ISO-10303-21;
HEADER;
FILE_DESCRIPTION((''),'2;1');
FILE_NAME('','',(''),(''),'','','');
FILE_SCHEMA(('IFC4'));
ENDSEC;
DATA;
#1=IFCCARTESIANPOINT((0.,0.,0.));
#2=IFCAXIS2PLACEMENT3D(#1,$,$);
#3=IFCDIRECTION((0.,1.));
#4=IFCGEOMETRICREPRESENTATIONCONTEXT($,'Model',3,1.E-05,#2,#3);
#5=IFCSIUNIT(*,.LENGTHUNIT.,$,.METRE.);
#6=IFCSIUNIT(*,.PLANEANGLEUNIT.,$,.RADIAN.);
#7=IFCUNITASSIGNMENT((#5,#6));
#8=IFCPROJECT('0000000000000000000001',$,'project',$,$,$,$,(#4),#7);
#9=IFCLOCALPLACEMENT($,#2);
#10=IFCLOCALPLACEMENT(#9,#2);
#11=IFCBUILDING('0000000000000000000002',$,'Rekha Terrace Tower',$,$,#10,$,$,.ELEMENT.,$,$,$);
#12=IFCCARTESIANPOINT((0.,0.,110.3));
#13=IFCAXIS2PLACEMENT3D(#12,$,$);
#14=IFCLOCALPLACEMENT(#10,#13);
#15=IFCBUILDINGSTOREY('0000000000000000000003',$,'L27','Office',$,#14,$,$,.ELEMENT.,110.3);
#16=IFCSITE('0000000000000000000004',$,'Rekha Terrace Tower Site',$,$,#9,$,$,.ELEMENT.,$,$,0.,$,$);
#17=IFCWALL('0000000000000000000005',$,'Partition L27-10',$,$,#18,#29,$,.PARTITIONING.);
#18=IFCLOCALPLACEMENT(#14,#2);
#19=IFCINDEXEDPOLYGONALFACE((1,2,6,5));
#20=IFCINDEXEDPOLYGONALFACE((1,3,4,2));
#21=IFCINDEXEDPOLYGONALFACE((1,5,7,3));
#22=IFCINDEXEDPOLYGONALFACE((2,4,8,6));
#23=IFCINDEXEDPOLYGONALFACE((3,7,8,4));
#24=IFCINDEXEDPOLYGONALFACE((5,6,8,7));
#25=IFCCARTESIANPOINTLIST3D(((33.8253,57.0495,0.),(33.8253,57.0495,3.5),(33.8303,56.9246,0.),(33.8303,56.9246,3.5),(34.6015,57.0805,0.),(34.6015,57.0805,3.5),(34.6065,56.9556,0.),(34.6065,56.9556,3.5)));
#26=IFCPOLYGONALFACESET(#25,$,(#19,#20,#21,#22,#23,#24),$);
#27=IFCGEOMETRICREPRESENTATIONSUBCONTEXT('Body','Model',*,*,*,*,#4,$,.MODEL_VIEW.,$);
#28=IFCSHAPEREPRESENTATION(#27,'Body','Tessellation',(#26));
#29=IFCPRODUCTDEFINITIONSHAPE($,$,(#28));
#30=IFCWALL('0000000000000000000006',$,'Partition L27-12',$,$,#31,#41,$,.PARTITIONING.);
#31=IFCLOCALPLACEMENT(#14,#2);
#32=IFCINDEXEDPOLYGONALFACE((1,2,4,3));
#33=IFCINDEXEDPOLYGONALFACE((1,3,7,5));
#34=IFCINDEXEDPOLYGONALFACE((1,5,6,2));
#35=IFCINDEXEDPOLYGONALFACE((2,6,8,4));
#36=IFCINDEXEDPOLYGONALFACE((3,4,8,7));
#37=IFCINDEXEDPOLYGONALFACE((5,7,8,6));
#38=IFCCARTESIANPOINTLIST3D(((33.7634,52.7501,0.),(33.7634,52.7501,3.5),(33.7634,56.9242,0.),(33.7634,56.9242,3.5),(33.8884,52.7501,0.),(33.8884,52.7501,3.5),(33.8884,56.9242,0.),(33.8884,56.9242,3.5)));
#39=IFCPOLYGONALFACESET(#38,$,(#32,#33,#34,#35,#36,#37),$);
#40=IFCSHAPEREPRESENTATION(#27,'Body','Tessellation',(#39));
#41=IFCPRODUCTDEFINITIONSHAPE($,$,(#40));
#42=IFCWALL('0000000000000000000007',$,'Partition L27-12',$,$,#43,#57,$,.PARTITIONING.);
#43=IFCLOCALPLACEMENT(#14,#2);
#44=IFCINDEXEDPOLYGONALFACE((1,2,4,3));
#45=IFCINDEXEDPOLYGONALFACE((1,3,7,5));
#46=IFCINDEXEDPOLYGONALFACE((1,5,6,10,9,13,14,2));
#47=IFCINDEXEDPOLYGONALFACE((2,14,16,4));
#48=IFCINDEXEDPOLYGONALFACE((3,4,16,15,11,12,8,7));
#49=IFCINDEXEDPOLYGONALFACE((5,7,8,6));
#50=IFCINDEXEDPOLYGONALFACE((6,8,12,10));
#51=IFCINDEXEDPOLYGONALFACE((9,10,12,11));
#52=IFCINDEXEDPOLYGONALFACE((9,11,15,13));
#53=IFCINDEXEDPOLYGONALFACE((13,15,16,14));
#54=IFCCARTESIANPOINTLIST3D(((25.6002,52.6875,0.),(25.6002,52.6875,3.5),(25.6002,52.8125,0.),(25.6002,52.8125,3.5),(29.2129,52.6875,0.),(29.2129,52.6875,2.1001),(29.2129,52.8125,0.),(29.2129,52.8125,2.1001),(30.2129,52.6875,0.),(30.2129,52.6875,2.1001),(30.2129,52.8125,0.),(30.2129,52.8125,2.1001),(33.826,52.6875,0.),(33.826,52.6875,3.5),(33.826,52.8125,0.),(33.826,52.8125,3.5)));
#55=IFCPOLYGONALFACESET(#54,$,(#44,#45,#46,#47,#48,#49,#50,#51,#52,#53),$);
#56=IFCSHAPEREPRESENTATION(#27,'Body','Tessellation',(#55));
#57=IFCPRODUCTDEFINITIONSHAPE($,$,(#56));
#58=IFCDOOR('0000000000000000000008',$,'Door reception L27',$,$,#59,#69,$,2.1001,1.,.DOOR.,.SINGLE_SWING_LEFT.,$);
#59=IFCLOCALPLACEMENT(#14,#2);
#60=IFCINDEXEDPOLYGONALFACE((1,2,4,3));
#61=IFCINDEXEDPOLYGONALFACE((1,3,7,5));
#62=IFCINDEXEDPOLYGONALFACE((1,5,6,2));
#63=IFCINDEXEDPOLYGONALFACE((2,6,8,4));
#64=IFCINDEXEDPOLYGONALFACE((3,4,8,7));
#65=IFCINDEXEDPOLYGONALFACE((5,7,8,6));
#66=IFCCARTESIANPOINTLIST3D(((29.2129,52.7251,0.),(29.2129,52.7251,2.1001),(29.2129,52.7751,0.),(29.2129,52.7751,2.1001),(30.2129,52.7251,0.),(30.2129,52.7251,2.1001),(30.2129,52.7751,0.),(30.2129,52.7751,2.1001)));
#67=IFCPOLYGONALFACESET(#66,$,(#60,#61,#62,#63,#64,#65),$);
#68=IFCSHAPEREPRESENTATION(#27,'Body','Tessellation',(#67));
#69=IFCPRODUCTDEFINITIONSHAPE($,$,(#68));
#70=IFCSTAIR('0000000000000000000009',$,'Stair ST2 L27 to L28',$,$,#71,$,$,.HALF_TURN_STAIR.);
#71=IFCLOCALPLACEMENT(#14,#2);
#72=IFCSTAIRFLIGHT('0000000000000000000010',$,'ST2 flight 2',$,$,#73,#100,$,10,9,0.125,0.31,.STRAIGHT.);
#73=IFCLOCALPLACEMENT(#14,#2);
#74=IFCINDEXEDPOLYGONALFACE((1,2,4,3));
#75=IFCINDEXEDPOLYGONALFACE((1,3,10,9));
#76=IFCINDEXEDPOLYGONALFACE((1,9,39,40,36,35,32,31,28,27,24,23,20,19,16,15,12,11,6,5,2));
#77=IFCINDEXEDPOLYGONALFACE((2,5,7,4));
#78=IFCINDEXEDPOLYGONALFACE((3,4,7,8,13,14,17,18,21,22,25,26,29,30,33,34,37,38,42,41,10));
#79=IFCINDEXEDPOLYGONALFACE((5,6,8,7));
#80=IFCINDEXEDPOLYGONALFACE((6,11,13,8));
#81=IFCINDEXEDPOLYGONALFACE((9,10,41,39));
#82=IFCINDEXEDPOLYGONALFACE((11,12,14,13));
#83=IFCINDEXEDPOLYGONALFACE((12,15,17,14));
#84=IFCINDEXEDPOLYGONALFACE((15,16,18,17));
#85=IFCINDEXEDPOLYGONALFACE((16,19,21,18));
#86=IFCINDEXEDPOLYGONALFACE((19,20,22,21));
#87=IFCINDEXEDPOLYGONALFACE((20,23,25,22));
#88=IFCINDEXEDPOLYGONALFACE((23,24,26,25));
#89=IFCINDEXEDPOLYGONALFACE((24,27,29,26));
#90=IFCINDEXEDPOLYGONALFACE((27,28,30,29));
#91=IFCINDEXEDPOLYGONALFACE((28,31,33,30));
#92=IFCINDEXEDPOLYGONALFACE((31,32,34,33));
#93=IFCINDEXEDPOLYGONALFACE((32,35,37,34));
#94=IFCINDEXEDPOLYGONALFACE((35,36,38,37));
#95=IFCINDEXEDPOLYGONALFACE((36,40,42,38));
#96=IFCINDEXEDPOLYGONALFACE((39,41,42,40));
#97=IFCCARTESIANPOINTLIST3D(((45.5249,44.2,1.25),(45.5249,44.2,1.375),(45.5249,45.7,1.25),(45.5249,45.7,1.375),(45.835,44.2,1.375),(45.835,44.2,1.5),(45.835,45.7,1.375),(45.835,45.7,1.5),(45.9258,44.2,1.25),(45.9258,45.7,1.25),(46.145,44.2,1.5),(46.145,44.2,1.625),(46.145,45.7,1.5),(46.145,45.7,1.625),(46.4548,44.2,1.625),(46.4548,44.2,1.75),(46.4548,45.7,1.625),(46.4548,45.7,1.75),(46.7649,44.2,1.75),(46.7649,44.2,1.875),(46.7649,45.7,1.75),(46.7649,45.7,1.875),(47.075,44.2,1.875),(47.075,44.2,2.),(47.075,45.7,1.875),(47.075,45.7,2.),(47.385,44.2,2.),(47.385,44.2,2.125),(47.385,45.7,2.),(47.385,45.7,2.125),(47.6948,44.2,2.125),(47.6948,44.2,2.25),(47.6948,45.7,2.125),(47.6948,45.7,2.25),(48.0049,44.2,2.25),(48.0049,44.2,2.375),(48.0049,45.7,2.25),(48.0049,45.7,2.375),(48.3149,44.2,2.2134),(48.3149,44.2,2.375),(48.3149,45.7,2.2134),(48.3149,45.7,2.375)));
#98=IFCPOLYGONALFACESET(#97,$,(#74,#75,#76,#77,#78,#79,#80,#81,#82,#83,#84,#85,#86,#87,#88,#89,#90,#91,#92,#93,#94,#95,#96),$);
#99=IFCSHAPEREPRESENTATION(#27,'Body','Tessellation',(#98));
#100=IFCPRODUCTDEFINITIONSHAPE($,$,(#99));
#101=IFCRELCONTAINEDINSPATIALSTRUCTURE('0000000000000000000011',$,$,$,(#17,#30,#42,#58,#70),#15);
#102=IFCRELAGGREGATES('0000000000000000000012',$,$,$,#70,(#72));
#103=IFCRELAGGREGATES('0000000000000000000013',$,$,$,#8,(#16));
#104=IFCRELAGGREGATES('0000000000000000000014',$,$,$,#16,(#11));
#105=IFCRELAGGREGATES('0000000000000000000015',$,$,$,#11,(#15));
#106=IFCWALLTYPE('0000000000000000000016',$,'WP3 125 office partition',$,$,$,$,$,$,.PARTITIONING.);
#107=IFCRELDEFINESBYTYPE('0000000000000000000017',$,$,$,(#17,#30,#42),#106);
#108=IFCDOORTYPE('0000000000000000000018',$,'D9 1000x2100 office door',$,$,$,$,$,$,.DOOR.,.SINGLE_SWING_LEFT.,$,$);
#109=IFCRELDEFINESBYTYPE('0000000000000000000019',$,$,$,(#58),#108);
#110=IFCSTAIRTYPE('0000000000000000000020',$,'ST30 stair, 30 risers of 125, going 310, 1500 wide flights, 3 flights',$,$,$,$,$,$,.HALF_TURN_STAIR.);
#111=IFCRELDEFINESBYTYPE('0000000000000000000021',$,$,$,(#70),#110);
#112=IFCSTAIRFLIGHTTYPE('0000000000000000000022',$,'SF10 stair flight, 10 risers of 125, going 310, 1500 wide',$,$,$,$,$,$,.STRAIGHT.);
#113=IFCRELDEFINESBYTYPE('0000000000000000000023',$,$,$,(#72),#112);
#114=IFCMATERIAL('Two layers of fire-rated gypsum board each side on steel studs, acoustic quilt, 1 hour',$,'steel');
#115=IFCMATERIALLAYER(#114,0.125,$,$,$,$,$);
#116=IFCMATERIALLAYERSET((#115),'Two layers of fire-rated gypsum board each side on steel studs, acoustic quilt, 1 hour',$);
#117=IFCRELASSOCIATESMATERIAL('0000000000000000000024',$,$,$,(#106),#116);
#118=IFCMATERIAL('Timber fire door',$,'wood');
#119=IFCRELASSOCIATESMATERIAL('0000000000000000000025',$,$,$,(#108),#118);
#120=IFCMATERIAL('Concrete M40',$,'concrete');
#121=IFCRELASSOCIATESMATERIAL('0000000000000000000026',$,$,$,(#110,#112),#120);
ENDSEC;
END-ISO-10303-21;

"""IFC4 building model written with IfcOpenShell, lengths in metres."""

from ifc_helpers import new_model, si_unit, direction, frame, frame_2d, origin, place, context, subcontext, project, spatial, polyline, rectangle, outline, extrude, material, layer, layer_set, type_object, element, fill, aggregate, save


model = new_model("IFC4")

# Units and contexts
model_context = context("Model", 3, precision=1e-05, world=origin(), true_north=direction((0.0, 1.0)))
body_context = subcontext(model_context, "Body", "Model", "MODEL_VIEW")
ifc_project = project(units=[si_unit("LENGTHUNIT", "METRE"), si_unit("PLANEANGLEUNIT", "RADIAN")], contexts=[model_context])

# Site, building, storey
site_placement = place(None, origin())
site = spatial("IfcSite", under=ifc_project, at=site_placement, Name="Rekha Terrace Tower Site", CompositionType="ELEMENT", RefElevation=0.0)
building_placement = place(site_placement, origin())
building = spatial("IfcBuilding", under=site, at=building_placement, Name="Rekha Terrace Tower", CompositionType="ELEMENT")
storey_placement = place(building_placement, frame((0.0, 0.0, 110.3)))
storey = spatial("IfcBuildingStorey", under=building, at=storey_placement, Name="L27", Description="Office", CompositionType="ELEMENT", Elevation=110.3)

# Shared definitions
ifc_material_1 = material(Name="Two layers of fire-rated gypsum board each side on steel studs, acoustic quilt, 1 hour", Category="steel")
ifc_layer_1 = layer(ifc_material_1, 0.125)
ifc_layer_set_1 = layer_set([ifc_layer_1], Name="Two layers of fire-rated gypsum board each side on steel studs, acoustic quilt, 1 hour")
wall_type_1 = type_object("IfcWallType", Name="WP3 125 office partition", PredefinedType="PARTITIONING", material=ifc_layer_set_1)

# Shared definitions
ifc_material_2 = material(Name="Timber fire door", Category="wood")
door_type_1 = type_object("IfcDoorType", Name="D9 1000x2100 office door", OperationType="SINGLE_SWING_LEFT", PredefinedType="DOOR", material=ifc_material_2)

# Walls
wall_1_placement = place(storey_placement, frame((34.604, 57.0181, 0.0), z_axis=(0.0, 0.0, 1.0), x_axis=(-0.999203, -0.039918, 0.0)))
element("IfcWall", 1, at=wall_1_placement, inside=storey, type_object=wall_type_1, Name="Partition L27-10", PredefinedType="PARTITIONING", context=body_context, shape_type="SweptSolid", body=[
    extrude(rectangle(XDim=0.7769, YDim=0.125, at=frame_2d((0.3884, 0.0))), origin(), (0.0, 0.0, 1.0), 3.5),
])
wall_2_placement = place(storey_placement, frame((33.8259, 56.9241, 0.0), z_axis=(0.0, 0.0, 1.0), x_axis=(0.0, -1.0, 0.0)))
element("IfcWall", 2, at=wall_2_placement, inside=storey, type_object=wall_type_1, Name="Partition L27-12", PredefinedType="PARTITIONING", context=body_context, shape_type="SweptSolid", body=[
    extrude(rectangle(XDim=4.1741, YDim=0.125, at=frame_2d((2.0869, 0.0))), origin(), (0.0, 0.0, 1.0), 3.5),
])

# Wall, opening, door
wall_3_placement = place(storey_placement, frame((33.8259, 52.75, 0.0), z_axis=(0.0, 0.0, 1.0), x_axis=(-1.0, 0.0, 0.0)))
wall_3 = element("IfcWall", 3, at=wall_3_placement, inside=storey, type_object=wall_type_1, Name="Partition L27-12", PredefinedType="PARTITIONING", context=body_context, shape_type="SweptSolid", body=[
    extrude(rectangle(XDim=8.2258, YDim=0.125, at=frame_2d((4.1128, 0.0))), origin(), (0.0, 0.0, 1.0), 3.5),
])
opening_1_placement = place(wall_3_placement, frame((3.613, 0.0, 0.0)))
opening_1 = element("IfcOpeningElement", 4, at=opening_1_placement, cuts=wall_3, PredefinedType="OPENING", context=body_context, shape_type="SweptSolid", body=[
    extrude(rectangle(XDim=1.0, YDim=2.1001, at=frame_2d((0.5, 1.05))), frame((0.0, 0.0725, 0.0), z_axis=(0.0, -1.0, 0.0), x_axis=(1.0, 0.0, 0.0)), (0.0, 0.0, 1.0), 0.145),
])
door_1_placement = place(opening_1_placement, origin())
door_1 = element("IfcDoor", 5, at=door_1_placement, inside=storey, type_object=door_type_1, Name="Door reception L27", OperationType="SINGLE_SWING_LEFT", OverallHeight=2.1001, OverallWidth=1.0, PredefinedType="DOOR", context=body_context, shape_type="SweptSolid", body=[
    extrude(rectangle(XDim=1.0, YDim=2.1001, at=frame_2d((0.5, 1.05))), frame((0.0, 0.0249, 0.0), z_axis=(0.0, -1.0, 0.0), x_axis=(1.0, 0.0, 0.0)), (0.0, 0.0, 1.0), 0.05),
])
fill(opening_1, door_1)

# Stair, stair flight
ifc_material_3 = material(Name="Concrete M40", Category="concrete")
stair_type = type_object("IfcStairType", Name="ST30 stair, 30 risers of 125, going 310, 1500 wide flights, 3 flights", PredefinedType="HALF_TURN_STAIR", material=ifc_material_3)
stair_placement = place(storey_placement, origin())
stair = element("IfcStair", 6, at=stair_placement, inside=storey, type_object=stair_type, Name="Stair ST2 L27 to L28", PredefinedType="HALF_TURN_STAIR")
stair_flight_type = type_object("IfcStairFlightType", Name="SF10 stair flight, 10 risers of 125, going 310, 1500 wide", PredefinedType="STRAIGHT", material=ifc_material_3)
stair_flight_placement = place(storey_placement, frame((45.5249, 44.95, 1.25), z_axis=(0.0, 0.0, 1.0), x_axis=(1.0, 0.0, 0.0)))
stair_flight = element("IfcStairFlight", 7, at=stair_flight_placement, type_object=stair_flight_type, Name="ST2 flight 2", NumberOfRisers=10, NumberOfTreads=9, PredefinedType="STRAIGHT", RiserHeight=0.125, TreadLength=0.31, context=body_context, shape_type="SweptSolid", body=[
    extrude(outline(polyline([(0.0, 0.0), (0.0, 0.125), (0.3101, 0.125), (0.3101, 0.25), (0.6201, 0.25), (0.6201, 0.375), (0.9299, 0.375), (0.9299, 0.5), (1.24, 0.5), (1.24, 0.625), (1.55, 0.625), (1.55, 0.75), (1.8601, 0.75), (1.8601, 0.875), (2.1699, 0.875), (2.1699, 1.0), (2.48, 1.0), (2.48, 1.125), (2.79, 1.125), (2.79, 1.25), (2.79, 0.9634), (0.4009, 0.0), (0.0, 0.0)])), frame((0.0, 0.75, 0.0), z_axis=(0.0, -1.0, 0.0), x_axis=(1.0, 0.0, 0.0)), (0.0, 0.0, 1.0), 1.5),
])
aggregate(stair, [stair_flight])

save(model, "model.ifc")
